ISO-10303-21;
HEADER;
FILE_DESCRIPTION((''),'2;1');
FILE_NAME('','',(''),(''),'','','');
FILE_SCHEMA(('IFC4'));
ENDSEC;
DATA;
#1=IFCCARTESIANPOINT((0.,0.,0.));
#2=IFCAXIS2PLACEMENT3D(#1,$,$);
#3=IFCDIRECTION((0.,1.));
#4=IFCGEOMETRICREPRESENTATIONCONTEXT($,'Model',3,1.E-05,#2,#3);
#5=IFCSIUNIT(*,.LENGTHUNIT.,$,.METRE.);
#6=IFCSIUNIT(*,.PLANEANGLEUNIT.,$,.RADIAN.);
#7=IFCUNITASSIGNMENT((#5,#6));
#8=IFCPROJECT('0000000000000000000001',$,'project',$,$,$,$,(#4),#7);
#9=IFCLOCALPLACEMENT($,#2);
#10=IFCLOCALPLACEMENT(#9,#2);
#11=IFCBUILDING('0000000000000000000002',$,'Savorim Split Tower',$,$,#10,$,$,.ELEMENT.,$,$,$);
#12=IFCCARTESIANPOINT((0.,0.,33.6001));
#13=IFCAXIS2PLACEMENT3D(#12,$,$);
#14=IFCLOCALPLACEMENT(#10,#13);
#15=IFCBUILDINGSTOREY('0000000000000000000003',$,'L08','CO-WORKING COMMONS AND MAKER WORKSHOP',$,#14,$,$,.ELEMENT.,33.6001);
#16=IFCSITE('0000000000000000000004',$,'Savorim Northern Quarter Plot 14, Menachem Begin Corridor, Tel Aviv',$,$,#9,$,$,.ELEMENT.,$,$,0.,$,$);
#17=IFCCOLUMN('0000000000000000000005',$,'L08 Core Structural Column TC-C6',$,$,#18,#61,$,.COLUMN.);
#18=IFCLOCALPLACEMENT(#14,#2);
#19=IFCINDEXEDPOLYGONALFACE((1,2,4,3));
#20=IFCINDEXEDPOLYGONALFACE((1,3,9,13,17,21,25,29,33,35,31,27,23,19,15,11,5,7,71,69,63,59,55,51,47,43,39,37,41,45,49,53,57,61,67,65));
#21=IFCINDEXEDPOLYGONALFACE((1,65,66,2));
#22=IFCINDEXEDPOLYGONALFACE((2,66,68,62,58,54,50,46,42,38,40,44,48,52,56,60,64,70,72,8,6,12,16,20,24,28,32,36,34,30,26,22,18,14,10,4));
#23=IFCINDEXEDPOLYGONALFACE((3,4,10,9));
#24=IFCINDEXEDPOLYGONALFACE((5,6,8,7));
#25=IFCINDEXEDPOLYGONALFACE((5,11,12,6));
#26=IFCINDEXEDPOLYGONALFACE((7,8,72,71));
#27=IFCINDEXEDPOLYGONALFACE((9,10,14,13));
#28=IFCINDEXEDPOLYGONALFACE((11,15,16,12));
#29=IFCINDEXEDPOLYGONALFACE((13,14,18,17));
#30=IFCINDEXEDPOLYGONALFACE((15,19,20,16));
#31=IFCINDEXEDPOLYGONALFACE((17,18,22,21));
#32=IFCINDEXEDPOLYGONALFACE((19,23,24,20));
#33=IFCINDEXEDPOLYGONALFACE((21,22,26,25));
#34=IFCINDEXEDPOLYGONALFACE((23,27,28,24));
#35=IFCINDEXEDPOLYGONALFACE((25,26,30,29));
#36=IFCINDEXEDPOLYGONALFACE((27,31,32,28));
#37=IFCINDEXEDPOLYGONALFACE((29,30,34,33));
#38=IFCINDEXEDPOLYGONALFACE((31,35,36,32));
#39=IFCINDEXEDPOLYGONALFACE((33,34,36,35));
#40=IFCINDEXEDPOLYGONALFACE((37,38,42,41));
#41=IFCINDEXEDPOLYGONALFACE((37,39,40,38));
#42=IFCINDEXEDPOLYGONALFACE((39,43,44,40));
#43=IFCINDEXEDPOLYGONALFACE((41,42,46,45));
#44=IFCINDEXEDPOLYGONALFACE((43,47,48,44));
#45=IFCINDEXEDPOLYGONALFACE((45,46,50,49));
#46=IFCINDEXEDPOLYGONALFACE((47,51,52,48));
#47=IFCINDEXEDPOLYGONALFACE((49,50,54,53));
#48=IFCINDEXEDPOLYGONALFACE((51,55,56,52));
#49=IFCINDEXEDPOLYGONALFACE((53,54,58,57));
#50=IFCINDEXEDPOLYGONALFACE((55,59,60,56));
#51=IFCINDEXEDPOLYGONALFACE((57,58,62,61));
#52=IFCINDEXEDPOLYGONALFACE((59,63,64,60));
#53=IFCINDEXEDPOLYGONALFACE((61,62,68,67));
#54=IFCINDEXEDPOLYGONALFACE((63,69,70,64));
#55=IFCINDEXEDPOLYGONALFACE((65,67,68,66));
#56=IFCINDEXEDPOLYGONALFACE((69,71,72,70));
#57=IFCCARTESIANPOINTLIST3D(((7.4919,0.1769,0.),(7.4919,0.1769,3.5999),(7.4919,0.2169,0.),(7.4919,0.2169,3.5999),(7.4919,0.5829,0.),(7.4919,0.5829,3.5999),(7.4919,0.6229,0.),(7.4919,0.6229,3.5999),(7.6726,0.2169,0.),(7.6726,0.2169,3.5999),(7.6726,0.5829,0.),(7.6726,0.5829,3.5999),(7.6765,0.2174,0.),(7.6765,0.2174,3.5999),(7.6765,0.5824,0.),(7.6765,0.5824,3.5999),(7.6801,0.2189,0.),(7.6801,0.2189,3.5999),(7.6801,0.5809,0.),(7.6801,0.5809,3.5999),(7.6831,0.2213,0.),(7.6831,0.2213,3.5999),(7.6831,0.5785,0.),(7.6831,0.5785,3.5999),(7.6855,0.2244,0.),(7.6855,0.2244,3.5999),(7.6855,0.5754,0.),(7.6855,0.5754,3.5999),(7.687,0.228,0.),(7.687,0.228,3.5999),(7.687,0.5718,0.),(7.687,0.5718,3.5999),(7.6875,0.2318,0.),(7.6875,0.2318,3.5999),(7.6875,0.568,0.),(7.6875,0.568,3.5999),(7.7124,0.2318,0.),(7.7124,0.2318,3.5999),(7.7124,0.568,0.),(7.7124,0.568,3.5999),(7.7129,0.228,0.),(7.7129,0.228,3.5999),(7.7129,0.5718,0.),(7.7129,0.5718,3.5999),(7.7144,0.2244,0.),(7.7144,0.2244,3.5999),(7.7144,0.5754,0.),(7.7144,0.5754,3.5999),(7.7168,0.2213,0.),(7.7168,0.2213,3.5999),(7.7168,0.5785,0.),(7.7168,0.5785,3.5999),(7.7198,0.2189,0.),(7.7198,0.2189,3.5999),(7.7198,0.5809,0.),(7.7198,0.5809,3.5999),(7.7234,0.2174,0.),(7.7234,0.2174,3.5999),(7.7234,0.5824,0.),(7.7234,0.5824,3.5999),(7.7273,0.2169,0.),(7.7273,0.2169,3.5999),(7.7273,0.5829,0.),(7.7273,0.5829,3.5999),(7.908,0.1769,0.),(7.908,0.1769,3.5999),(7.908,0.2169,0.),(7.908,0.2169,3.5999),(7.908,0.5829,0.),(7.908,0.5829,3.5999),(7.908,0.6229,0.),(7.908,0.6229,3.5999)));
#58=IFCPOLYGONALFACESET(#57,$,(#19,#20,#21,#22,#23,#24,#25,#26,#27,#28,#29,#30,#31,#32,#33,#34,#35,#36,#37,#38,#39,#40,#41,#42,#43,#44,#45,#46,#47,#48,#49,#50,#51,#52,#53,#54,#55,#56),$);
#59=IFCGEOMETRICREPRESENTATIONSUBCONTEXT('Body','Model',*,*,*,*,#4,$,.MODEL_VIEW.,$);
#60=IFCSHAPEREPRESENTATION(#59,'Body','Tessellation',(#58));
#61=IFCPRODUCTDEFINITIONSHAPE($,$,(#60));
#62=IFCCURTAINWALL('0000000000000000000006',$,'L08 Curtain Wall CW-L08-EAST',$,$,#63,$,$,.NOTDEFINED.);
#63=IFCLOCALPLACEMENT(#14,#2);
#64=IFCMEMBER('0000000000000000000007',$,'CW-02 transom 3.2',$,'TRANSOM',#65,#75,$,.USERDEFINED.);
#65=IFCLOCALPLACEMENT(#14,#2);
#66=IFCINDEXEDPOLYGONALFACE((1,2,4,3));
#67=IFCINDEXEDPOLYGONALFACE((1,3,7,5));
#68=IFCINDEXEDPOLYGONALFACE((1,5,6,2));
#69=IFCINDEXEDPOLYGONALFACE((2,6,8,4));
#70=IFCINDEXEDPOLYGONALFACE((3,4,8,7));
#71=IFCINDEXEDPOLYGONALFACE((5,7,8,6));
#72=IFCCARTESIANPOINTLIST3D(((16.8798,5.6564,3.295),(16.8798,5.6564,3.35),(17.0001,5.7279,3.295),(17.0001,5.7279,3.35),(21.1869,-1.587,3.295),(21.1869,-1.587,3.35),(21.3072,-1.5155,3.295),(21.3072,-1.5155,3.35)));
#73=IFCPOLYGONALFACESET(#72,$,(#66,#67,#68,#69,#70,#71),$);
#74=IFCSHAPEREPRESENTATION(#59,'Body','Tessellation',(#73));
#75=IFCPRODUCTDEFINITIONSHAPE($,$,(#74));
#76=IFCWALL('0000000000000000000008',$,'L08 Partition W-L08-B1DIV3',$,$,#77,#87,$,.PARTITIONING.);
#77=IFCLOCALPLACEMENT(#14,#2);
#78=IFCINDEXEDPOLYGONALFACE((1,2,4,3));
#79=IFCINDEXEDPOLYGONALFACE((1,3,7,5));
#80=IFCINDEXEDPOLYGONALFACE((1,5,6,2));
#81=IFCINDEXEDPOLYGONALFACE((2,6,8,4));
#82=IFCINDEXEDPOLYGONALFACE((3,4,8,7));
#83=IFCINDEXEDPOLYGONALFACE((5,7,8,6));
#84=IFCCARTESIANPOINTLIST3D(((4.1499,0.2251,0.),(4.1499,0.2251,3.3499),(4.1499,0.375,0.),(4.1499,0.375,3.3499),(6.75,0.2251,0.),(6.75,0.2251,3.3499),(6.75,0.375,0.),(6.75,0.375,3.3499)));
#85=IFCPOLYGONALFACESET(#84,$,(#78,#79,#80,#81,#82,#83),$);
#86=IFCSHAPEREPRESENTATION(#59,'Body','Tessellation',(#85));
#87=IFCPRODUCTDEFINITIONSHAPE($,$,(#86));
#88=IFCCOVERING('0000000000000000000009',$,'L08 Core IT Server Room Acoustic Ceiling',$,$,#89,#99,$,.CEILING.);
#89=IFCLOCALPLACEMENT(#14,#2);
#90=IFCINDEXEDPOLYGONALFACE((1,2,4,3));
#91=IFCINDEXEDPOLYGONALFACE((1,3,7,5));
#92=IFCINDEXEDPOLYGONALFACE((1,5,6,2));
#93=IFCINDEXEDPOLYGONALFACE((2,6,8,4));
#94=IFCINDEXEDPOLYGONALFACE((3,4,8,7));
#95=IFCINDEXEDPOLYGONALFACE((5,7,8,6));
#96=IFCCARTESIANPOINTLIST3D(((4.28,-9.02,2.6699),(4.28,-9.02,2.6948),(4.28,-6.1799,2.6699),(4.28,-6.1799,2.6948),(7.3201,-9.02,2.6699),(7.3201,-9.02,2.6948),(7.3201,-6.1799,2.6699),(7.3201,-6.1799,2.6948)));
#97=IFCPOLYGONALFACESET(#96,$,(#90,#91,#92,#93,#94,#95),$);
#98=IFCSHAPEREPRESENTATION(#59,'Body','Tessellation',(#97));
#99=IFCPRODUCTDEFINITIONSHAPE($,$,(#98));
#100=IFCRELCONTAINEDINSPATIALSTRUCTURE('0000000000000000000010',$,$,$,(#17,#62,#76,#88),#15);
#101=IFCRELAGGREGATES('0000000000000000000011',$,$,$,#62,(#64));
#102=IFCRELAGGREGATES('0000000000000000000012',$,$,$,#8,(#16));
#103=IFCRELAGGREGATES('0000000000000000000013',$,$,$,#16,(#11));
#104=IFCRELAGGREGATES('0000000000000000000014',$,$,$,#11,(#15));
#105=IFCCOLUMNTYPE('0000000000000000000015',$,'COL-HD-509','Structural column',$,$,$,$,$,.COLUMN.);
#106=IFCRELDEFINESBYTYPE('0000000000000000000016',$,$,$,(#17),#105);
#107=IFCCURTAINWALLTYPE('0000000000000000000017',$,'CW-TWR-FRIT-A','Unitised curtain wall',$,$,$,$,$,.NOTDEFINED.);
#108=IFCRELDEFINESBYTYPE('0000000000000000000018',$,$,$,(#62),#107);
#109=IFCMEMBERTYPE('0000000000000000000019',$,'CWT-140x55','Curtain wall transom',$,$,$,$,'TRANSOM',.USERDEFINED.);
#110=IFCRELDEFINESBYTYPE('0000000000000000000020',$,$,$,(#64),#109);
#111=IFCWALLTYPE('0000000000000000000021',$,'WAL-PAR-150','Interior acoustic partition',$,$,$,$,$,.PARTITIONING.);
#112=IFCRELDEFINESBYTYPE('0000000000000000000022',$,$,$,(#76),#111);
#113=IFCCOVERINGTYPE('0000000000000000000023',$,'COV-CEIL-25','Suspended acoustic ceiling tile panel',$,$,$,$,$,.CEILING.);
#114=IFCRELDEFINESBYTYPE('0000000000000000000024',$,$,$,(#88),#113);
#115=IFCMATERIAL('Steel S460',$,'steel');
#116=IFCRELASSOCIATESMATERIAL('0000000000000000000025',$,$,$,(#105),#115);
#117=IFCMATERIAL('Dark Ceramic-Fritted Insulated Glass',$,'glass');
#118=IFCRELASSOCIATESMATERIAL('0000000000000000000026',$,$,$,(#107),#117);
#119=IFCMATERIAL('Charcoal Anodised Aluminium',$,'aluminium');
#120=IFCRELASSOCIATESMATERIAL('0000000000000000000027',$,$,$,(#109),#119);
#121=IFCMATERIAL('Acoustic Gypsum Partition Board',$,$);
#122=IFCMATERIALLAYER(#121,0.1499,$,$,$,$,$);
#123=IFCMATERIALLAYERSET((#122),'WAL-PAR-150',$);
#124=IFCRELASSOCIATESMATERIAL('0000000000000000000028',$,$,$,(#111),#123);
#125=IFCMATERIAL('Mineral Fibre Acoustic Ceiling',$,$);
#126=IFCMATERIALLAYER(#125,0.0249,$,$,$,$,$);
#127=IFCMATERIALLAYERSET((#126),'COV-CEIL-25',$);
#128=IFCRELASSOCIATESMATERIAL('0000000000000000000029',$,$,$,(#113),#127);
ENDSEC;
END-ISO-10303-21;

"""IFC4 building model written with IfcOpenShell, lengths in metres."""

from ifc_helpers import new_model, si_unit, direction, frame, frame_2d, origin, origin_2d, place, context, subcontext, project, spatial, polyline, rectangle, i_section, outline, extrude, material, layer, layer_set, material_profile, profile_set, type_object, element, aggregate, save


model = new_model("IFC4")

# Units and contexts
model_context = context("Model", 3, precision=1e-05, world=origin(), true_north=direction((0.0, 1.0)))
body_context = subcontext(model_context, "Body", "Model", "MODEL_VIEW")
ifc_project = project(units=[si_unit("LENGTHUNIT", "METRE"), si_unit("PLANEANGLEUNIT", "RADIAN")], contexts=[model_context])

# Site, building, storey
site_placement = place(None, origin())
site = spatial("IfcSite", under=ifc_project, at=site_placement, Name="Savorim Northern Quarter Plot 14, Menachem Begin Corridor, Tel Aviv", CompositionType="ELEMENT", RefElevation=0.0)
building_placement = place(site_placement, origin())
building = spatial("IfcBuilding", under=site, at=building_placement, Name="Savorim Split Tower", CompositionType="ELEMENT")
storey_placement = place(building_placement, frame((0.0, 0.0, 33.6001)))
storey = spatial("IfcBuildingStorey", under=building, at=storey_placement, Name="L08", Description="CO-WORKING COMMONS AND MAKER WORKSHOP", CompositionType="ELEMENT", Elevation=33.6001)

# Column
ifc_material_1 = material(Name="Steel S460", Category="steel")
ifc_material_profile_1 = material_profile(ifc_material_1, i_section(OverallWidth=0.416, OverallDepth=0.446, WebThickness=0.0249, FlangeThickness=0.04, FilletRadius=0.0149, at=origin_2d()), Name="HD 400x509")
ifc_profile_set_1 = profile_set([ifc_material_profile_1], Name="Steel S460")
column_type = type_object("IfcColumnType", Name="COL-HD-509", Description="Structural column", PredefinedType="COLUMN", material=ifc_profile_set_1)
column_placement = place(storey_placement, frame((7.7, 0.3999, 0.0), z_axis=(0.0, 0.0, 1.0), x_axis=(1.0, 0.0, 0.0)))
element("IfcColumn", 1, at=column_placement, inside=storey, type_object=column_type, Name="L08 Core Structural Column TC-C6", PredefinedType="COLUMN", context=body_context, shape_type="SweptSolid", body=[
    extrude(i_section(OverallWidth=0.416, OverallDepth=0.446, WebThickness=0.0249, FlangeThickness=0.04, FilletRadius=0.0149, at=origin_2d()), origin(), (0.0, 0.0, 1.0), 3.5999),
])

# Curtain wall, member
ifc_material_2 = material(Name="Dark Ceramic-Fritted Insulated Glass", Category="glass")
curtain_wall_type = type_object("IfcCurtainWallType", Name="CW-TWR-FRIT-A", Description="Unitised curtain wall", PredefinedType="NOTDEFINED", material=ifc_material_2)
curtain_wall_placement = place(storey_placement, origin())
curtain_wall = element("IfcCurtainWall", 2, at=curtain_wall_placement, inside=storey, type_object=curtain_wall_type, Name="L08 Curtain Wall CW-L08-EAST", PredefinedType="NOTDEFINED")
ifc_material_3 = material(Name="Charcoal Anodised Aluminium", Category="aluminium")
ifc_material_profile_2 = material_profile(ifc_material_3, rectangle(XDim=0.1399, YDim=0.0549, at=origin_2d()), Name="ALU-T 140x55")
ifc_profile_set_2 = profile_set([ifc_material_profile_2], Name="Charcoal Anodised Aluminium")
member_type = type_object("IfcMemberType", Name="CWT-140x55", Description="Curtain wall transom", ElementType="TRANSOM", PredefinedType="USERDEFINED", material=ifc_profile_set_2)
member_placement = place(storey_placement, frame((21.2471, -1.5513, 3.3225), z_axis=(-0.511096, 0.859524, 0.0), x_axis=(-0.859524, -0.511096, 0.0)))
member = element("IfcMember", 3, at=member_placement, type_object=member_type, Name="CW-02 transom 3.2", ObjectType="TRANSOM", PredefinedType="USERDEFINED", context=body_context, shape_type="SweptSolid", body=[
    extrude(rectangle(XDim=0.1399, YDim=0.0549, at=origin_2d()), origin(), (0.0, 0.0, 1.0), 8.4272),
])
aggregate(curtain_wall, [member])

# Wall
ifc_material_4 = material(Name="Acoustic Gypsum Partition Board")
ifc_layer_1 = layer(ifc_material_4, 0.1499)
ifc_layer_set_1 = layer_set([ifc_layer_1], Name="WAL-PAR-150")
wall_type = type_object("IfcWallType", Name="WAL-PAR-150", Description="Interior acoustic partition", PredefinedType="PARTITIONING", material=ifc_layer_set_1)
wall_placement = place(storey_placement, frame((4.1499, 0.3, 0.0), z_axis=(0.0, 0.0, 1.0), x_axis=(1.0, 0.0, 0.0)))
element("IfcWall", 4, at=wall_placement, inside=storey, type_object=wall_type, Name="L08 Partition W-L08-B1DIV3", PredefinedType="PARTITIONING", context=body_context, shape_type="SweptSolid", body=[
    extrude(rectangle(XDim=2.6001, YDim=0.1499, at=frame_2d((1.3, 0.0))), origin(), (0.0, 0.0, 1.0), 3.3499),
])

# Covering
ifc_material_5 = material(Name="Mineral Fibre Acoustic Ceiling")
ifc_layer_2 = layer(ifc_material_5, 0.0249)
ifc_layer_set_2 = layer_set([ifc_layer_2], Name="COV-CEIL-25")
covering_type_1 = type_object("IfcCoveringType", Name="COV-CEIL-25", Description="Suspended acoustic ceiling tile panel", PredefinedType="CEILING", material=ifc_layer_set_2)
covering_1_placement = place(storey_placement, frame((0.0, 0.0, 2.6699)))
element("IfcCovering", 5, at=covering_1_placement, inside=storey, type_object=covering_type_1, Name="L08 Core IT Server Room Acoustic Ceiling", PredefinedType="CEILING", context=body_context, shape_type="SweptSolid", body=[
    extrude(outline(polyline([(4.28, -6.1799), (4.28, -9.02), (7.3201, -9.02), (7.3201, -6.1799), (4.28, -6.1799)])), origin(), (0.0, 0.0, 1.0), 0.0249),
])

save(model, "model.ifc")
